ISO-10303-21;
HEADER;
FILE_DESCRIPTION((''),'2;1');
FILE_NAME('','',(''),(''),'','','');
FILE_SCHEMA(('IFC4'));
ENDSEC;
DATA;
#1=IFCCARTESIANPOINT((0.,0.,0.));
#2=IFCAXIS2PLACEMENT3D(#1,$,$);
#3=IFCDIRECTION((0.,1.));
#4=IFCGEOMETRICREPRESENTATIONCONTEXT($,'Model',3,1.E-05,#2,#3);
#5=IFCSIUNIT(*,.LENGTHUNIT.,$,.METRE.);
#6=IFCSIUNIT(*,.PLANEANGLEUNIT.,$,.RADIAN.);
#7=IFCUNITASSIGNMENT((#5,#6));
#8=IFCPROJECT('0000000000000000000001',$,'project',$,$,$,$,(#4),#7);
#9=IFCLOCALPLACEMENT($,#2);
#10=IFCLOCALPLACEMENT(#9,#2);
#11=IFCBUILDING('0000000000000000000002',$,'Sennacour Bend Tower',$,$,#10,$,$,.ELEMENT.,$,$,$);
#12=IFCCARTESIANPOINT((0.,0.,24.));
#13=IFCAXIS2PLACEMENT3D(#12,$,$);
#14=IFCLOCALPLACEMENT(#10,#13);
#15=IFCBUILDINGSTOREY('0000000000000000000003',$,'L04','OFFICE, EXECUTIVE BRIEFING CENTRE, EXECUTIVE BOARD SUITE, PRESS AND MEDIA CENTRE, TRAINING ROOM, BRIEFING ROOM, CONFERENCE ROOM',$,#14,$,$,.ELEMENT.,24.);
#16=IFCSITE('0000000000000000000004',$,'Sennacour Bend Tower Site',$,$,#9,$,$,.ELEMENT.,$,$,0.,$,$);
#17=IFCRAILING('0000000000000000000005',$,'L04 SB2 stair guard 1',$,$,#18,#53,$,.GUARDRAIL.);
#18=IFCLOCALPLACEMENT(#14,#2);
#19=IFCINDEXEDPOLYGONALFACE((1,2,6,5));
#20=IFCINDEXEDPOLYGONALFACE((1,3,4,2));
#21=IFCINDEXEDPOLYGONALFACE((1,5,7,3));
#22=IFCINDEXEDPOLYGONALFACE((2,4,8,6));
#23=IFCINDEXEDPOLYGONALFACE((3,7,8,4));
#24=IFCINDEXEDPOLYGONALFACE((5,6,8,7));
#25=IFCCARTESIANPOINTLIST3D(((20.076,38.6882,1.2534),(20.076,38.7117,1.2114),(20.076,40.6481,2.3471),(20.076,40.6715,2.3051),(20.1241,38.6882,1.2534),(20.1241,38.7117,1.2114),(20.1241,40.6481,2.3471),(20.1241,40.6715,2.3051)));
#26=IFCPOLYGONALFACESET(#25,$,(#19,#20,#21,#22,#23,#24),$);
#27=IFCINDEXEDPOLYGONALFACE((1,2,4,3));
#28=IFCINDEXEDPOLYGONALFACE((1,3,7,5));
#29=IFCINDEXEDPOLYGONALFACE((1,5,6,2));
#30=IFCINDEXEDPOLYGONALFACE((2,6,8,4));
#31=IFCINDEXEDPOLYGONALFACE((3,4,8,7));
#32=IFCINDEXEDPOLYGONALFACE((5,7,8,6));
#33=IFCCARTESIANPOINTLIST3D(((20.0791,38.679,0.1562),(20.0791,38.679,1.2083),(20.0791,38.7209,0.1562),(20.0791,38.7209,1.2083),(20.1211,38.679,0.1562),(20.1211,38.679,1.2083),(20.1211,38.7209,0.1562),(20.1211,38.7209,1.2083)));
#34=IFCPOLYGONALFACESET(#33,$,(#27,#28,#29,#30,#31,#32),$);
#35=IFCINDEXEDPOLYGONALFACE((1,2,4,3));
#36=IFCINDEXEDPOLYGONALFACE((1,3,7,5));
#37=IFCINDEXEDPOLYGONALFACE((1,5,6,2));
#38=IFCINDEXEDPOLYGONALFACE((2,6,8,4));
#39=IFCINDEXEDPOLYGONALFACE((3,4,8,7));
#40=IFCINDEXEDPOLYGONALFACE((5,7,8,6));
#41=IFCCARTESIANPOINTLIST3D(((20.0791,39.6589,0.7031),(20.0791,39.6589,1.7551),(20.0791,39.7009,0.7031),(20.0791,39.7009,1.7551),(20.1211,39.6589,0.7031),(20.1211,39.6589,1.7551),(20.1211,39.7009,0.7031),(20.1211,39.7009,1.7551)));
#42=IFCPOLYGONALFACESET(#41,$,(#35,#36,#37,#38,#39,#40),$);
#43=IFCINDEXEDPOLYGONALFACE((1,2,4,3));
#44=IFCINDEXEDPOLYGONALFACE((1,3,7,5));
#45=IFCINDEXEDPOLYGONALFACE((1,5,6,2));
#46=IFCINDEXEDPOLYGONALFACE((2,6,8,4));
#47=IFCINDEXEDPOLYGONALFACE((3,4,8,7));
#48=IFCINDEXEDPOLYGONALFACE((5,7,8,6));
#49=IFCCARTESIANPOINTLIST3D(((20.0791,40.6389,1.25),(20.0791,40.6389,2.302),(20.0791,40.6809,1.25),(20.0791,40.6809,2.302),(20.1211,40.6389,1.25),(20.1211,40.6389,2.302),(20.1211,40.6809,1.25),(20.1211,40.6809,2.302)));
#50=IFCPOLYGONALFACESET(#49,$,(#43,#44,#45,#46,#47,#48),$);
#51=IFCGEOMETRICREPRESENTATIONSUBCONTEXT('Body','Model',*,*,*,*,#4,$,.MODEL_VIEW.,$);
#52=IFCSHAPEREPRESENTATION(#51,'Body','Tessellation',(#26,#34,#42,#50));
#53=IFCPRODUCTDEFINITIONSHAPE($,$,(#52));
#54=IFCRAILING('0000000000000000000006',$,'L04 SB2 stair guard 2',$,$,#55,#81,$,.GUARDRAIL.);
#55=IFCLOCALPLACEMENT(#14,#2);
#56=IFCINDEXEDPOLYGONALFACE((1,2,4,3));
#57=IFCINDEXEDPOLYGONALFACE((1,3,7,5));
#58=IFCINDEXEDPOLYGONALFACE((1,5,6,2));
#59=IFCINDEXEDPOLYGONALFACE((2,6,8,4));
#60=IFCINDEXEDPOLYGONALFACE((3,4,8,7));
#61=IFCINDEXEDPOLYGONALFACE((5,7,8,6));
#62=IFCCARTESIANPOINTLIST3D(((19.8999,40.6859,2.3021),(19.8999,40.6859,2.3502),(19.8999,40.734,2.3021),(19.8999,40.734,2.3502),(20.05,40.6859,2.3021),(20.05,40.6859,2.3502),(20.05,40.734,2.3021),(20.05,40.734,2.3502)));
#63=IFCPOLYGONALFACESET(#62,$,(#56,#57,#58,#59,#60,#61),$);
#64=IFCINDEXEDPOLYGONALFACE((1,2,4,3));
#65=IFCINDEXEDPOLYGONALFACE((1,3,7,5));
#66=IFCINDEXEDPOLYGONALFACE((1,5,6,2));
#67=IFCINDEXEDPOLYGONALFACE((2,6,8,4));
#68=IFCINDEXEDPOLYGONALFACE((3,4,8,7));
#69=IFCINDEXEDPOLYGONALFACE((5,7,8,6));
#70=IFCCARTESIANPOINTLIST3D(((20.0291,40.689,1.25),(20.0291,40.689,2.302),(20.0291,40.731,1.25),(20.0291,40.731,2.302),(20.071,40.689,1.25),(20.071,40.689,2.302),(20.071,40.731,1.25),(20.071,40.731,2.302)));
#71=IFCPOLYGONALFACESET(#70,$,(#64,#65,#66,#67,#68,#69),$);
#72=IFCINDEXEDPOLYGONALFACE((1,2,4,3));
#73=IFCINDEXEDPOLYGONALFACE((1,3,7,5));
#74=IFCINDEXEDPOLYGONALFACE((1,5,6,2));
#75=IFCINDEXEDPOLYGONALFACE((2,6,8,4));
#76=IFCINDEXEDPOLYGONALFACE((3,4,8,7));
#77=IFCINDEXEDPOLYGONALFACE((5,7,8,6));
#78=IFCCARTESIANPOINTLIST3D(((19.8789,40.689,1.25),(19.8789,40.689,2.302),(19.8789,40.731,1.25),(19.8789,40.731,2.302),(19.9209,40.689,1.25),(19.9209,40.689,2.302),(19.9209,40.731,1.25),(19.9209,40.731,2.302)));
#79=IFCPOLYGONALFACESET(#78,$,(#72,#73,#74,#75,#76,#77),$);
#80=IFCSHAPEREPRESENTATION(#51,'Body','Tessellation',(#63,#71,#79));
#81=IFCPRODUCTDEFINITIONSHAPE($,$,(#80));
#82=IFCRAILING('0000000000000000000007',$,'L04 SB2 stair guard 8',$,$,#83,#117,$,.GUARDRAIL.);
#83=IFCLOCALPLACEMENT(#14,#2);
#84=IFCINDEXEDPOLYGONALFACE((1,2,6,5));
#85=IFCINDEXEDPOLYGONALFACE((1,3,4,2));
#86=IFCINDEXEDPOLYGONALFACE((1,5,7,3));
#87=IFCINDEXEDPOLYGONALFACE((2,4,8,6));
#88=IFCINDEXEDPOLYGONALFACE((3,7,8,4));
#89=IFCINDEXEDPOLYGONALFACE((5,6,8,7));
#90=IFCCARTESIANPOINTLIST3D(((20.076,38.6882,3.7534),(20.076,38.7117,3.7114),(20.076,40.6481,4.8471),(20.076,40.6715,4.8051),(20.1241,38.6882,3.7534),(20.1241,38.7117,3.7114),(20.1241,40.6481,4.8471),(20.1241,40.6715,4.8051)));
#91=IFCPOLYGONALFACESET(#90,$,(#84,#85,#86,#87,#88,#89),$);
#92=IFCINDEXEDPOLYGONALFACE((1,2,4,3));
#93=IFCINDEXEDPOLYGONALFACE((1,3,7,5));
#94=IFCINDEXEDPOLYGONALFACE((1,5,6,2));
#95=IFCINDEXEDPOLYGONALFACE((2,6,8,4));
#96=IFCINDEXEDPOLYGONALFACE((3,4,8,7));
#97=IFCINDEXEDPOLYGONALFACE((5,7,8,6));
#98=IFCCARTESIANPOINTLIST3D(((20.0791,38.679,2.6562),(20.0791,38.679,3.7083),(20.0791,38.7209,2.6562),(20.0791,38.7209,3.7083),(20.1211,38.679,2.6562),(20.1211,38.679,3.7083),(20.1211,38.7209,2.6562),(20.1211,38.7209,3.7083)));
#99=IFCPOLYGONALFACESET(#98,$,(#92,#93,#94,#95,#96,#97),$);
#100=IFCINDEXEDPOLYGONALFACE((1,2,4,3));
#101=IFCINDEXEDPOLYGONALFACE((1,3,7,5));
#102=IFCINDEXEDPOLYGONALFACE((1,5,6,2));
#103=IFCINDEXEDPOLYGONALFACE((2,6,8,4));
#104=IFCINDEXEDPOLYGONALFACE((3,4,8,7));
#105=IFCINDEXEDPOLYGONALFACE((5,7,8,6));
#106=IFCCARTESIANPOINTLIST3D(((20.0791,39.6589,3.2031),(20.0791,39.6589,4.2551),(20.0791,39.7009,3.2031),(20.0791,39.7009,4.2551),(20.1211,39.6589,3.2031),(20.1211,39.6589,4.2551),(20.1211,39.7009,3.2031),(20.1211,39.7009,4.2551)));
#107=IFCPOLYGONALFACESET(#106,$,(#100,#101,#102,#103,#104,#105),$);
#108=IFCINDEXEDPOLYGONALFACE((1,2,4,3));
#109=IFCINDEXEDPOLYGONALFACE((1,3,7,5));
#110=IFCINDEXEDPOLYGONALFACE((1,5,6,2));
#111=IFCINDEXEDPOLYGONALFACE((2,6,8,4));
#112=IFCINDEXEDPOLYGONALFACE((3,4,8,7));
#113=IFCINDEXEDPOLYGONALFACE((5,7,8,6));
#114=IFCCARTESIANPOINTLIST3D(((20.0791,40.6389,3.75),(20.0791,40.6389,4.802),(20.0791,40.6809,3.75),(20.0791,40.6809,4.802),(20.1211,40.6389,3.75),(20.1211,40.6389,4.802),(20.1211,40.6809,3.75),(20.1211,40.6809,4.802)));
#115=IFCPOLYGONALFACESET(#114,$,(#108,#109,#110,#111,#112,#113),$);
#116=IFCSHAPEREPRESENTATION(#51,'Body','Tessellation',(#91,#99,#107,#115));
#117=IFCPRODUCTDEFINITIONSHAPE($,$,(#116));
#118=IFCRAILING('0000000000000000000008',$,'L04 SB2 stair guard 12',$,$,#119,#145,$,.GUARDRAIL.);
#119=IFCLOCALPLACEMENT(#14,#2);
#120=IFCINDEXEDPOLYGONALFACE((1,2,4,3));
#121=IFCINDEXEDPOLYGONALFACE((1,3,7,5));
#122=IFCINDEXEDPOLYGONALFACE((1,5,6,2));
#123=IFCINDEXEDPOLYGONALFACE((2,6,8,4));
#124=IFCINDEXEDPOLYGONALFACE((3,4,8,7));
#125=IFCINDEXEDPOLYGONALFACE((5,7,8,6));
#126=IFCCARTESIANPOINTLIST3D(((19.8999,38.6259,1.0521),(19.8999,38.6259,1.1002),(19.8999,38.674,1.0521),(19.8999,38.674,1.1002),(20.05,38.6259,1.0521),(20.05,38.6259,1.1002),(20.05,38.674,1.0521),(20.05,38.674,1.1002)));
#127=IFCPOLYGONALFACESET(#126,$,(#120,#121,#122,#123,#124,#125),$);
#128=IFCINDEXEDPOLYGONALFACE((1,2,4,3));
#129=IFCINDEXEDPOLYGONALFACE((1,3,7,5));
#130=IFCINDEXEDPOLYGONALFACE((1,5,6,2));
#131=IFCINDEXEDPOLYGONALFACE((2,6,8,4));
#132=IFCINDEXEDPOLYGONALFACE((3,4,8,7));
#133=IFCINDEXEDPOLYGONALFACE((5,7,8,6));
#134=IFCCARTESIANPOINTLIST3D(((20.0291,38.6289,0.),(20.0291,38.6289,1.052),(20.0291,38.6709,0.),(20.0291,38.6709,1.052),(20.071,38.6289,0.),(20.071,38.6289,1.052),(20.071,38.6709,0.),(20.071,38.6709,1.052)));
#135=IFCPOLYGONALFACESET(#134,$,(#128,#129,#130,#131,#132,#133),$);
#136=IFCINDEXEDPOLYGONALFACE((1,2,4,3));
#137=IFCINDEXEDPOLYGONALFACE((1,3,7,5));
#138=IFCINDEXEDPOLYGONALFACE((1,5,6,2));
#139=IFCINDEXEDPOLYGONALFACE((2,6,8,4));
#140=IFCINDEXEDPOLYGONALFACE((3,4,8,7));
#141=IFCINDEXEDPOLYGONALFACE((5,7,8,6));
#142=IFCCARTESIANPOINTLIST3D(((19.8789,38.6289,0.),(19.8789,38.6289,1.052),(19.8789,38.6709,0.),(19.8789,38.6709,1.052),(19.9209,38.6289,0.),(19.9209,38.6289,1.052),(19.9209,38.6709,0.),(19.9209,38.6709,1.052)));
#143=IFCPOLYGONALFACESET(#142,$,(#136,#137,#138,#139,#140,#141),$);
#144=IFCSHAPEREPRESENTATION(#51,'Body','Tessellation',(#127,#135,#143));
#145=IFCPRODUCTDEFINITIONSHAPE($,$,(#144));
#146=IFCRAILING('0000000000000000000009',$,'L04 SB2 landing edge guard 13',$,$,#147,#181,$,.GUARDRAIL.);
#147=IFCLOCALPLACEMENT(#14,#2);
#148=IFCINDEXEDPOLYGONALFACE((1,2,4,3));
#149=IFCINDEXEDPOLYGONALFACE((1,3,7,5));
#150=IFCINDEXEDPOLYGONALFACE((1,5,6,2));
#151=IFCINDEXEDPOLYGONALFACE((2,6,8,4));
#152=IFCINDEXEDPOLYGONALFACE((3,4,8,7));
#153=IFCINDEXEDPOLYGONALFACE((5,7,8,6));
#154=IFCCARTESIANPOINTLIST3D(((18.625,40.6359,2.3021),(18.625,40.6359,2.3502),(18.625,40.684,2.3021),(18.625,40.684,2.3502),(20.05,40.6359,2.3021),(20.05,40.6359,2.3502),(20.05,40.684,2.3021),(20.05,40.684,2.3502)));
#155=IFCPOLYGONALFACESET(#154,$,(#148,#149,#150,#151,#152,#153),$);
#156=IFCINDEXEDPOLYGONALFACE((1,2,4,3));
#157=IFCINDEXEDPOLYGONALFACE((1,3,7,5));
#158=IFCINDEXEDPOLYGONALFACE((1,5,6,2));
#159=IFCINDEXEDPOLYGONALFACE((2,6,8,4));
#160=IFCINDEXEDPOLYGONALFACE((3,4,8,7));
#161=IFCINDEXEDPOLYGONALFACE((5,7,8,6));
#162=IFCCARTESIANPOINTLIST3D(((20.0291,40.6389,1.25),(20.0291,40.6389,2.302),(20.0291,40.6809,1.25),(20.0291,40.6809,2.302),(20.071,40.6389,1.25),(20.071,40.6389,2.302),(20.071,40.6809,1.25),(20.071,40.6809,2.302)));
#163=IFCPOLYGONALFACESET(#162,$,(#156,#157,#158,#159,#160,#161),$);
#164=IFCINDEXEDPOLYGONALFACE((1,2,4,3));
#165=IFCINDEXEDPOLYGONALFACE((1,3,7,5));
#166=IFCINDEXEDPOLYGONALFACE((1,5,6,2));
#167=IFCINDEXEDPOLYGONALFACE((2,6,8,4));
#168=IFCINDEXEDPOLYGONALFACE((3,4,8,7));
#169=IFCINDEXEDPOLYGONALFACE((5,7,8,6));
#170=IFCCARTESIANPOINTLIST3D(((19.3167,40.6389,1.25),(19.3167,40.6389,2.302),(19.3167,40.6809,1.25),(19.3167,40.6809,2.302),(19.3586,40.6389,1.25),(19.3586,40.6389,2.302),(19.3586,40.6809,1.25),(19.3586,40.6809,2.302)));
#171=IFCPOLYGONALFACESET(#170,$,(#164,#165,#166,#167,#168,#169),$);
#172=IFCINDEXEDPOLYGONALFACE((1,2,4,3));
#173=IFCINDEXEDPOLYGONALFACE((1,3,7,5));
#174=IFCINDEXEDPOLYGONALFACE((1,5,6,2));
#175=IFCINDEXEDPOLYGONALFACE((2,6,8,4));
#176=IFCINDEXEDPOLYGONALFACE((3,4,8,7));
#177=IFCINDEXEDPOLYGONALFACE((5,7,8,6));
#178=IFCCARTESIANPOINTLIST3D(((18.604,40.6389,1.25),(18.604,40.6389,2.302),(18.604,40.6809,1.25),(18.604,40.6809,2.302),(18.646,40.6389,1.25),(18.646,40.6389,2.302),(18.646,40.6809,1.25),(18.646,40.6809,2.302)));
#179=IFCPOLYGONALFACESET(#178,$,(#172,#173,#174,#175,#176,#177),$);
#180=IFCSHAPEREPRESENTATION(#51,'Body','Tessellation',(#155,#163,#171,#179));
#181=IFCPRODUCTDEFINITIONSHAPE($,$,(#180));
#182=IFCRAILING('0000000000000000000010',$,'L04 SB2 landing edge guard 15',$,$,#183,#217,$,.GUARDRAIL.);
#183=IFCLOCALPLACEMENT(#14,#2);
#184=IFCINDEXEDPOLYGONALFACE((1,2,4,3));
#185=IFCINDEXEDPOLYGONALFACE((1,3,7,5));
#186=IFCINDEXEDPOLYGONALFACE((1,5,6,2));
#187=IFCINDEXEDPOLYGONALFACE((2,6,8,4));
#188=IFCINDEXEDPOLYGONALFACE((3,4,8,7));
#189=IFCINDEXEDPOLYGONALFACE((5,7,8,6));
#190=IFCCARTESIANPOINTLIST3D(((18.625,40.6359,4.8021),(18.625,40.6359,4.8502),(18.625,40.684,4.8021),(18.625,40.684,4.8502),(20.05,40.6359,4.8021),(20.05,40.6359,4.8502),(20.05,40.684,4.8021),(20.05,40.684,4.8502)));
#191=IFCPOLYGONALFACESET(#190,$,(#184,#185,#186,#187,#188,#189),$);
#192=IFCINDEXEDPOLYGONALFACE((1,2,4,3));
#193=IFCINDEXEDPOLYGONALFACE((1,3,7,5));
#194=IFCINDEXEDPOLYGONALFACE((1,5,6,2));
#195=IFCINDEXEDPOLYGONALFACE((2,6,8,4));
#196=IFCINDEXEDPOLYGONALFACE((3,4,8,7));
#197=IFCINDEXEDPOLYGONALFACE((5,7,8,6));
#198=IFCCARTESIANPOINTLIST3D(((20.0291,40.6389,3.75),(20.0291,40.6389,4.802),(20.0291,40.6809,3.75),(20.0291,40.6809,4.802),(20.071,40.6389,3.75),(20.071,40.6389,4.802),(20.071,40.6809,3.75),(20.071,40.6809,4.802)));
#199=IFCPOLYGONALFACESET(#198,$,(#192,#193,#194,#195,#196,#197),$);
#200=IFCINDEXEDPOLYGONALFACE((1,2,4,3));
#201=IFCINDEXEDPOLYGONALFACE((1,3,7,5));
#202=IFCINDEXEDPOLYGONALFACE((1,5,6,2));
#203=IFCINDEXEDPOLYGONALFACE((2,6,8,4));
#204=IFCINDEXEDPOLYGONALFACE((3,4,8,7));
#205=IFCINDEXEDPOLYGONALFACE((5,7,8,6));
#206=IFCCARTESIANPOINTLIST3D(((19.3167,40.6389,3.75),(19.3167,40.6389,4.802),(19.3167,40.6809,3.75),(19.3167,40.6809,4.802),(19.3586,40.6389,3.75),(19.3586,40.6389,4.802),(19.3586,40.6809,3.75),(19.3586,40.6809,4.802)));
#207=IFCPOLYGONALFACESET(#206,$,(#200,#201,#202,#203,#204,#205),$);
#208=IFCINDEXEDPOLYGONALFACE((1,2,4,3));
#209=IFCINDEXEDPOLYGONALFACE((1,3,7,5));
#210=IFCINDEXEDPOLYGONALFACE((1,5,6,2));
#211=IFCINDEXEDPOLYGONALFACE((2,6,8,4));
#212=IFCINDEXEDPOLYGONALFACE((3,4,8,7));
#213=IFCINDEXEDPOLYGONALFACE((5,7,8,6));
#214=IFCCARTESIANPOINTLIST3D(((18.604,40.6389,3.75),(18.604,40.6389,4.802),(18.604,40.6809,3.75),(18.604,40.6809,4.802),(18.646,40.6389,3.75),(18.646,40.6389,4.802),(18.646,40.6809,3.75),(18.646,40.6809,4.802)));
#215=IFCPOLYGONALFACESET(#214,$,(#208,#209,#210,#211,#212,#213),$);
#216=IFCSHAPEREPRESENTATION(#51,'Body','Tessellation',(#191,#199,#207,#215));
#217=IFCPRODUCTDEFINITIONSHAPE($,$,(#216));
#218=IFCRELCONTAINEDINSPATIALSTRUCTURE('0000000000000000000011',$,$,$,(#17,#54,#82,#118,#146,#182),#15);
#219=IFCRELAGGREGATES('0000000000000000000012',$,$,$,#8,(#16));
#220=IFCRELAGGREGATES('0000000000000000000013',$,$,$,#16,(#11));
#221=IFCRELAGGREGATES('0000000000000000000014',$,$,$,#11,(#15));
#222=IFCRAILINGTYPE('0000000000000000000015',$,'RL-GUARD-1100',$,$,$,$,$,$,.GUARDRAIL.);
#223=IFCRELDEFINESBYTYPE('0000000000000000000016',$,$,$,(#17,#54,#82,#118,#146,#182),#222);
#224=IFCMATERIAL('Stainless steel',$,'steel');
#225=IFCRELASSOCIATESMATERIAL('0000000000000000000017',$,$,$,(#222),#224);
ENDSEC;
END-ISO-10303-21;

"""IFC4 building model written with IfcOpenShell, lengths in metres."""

from ifc_helpers import new_model, si_unit, direction, frame, origin, origin_2d, place, context, subcontext, project, spatial, rectangle, extrude, material, type_object, element, save


model = new_model("IFC4")

# Units and contexts
model_context = context("Model", 3, precision=1e-05, world=origin(), true_north=direction((0.0, 1.0)))
body_context = subcontext(model_context, "Body", "Model", "MODEL_VIEW")
ifc_project = project(units=[si_unit("LENGTHUNIT", "METRE"), si_unit("PLANEANGLEUNIT", "RADIAN")], contexts=[model_context])

# Site, building, storey
site_placement = place(None, origin())
site = spatial("IfcSite", under=ifc_project, at=site_placement, Name="Sennacour Bend Tower Site", CompositionType="ELEMENT", RefElevation=0.0)
building_placement = place(site_placement, origin())
building = spatial("IfcBuilding", under=site, at=building_placement, Name="Sennacour Bend Tower", CompositionType="ELEMENT")
storey_placement = place(building_placement, frame((0.0, 0.0, 24.0)))
storey = spatial("IfcBuildingStorey", under=building, at=storey_placement, Name="L04", Description="OFFICE, EXECUTIVE BRIEFING CENTRE, EXECUTIVE BOARD SUITE, PRESS AND MEDIA CENTRE, TRAINING ROOM, BRIEFING ROOM, CONFERENCE ROOM", CompositionType="ELEMENT", Elevation=24.0)

# Railings
ifc_material_1 = material(Name="Stainless steel", Category="steel")
railing_type_1 = type_object("IfcRailingType", Name="RL-GUARD-1100", PredefinedType="GUARDRAIL", material=ifc_material_1)
railing_1_placement = place(storey_placement, frame((20.1001, 38.7, 0.1562)))
element("IfcRailing", 1, at=railing_1_placement, inside=storey, type_object=railing_type_1, Name="L04 SB2 stair guard 1", PredefinedType="GUARDRAIL", context=body_context, shape_type="SweptSolid", body=[
    extrude(rectangle(XDim=0.0481, YDim=0.0481, at=origin_2d()), frame((0.0, 0.0, 1.0762), z_axis=(0.0, 0.873232, 0.487304), x_axis=(-1.0, 0.0, 0.0)), (0.0, 0.0, 1.0), 2.2444),
    extrude(rectangle(XDim=0.042, YDim=0.042, at=origin_2d()), origin(), (0.0, 0.0, 1.0), 1.052),
    extrude(rectangle(XDim=0.042, YDim=0.042, at=origin_2d()), frame((0.0, 0.98, 0.5469)), (0.0, 0.0, 1.0), 1.052),
    extrude(rectangle(XDim=0.042, YDim=0.042, at=origin_2d()), frame((0.0, 1.96, 1.0938)), (0.0, 0.0, 1.0), 1.052),
])
railing_2_placement = place(storey_placement, frame((20.05, 40.71, 1.25)))
element("IfcRailing", 2, at=railing_2_placement, inside=storey, type_object=railing_type_1, Name="L04 SB2 stair guard 2", PredefinedType="GUARDRAIL", context=body_context, shape_type="SweptSolid", body=[
    extrude(rectangle(XDim=0.0481, YDim=0.0481, at=origin_2d()), frame((0.0, 0.0, 1.0762), z_axis=(-1.0, 0.0, 0.0), x_axis=(0.0, -1.0, 0.0)), (0.0, 0.0, 1.0), 0.1501),
    extrude(rectangle(XDim=0.042, YDim=0.042, at=origin_2d()), origin(), (0.0, 0.0, 1.0), 1.052),
    extrude(rectangle(XDim=0.042, YDim=0.042, at=origin_2d()), frame((-0.1501, 0.0, 0.0)), (0.0, 0.0, 1.0), 1.052),
])
railing_3_placement = place(storey_placement, frame((20.1001, 38.7, 2.6562)))
element("IfcRailing", 3, at=railing_3_placement, inside=storey, type_object=railing_type_1, Name="L04 SB2 stair guard 8", PredefinedType="GUARDRAIL", context=body_context, shape_type="SweptSolid", body=[
    extrude(rectangle(XDim=0.0481, YDim=0.0481, at=origin_2d()), frame((0.0, 0.0, 1.0762), z_axis=(0.0, 0.873232, 0.487304), x_axis=(-1.0, 0.0, 0.0)), (0.0, 0.0, 1.0), 2.2444),
    extrude(rectangle(XDim=0.042, YDim=0.042, at=origin_2d()), origin(), (0.0, 0.0, 1.0), 1.052),
    extrude(rectangle(XDim=0.042, YDim=0.042, at=origin_2d()), frame((0.0, 0.98, 0.5469)), (0.0, 0.0, 1.0), 1.052),
    extrude(rectangle(XDim=0.042, YDim=0.042, at=origin_2d()), frame((0.0, 1.96, 1.0938)), (0.0, 0.0, 1.0), 1.052),
])
railing_4_placement = place(storey_placement, frame((20.05, 38.6499, 0.0)))
element("IfcRailing", 4, at=railing_4_placement, inside=storey, type_object=railing_type_1, Name="L04 SB2 stair guard 12", PredefinedType="GUARDRAIL", context=body_context, shape_type="SweptSolid", body=[
    extrude(rectangle(XDim=0.0481, YDim=0.0481, at=origin_2d()), frame((0.0, 0.0, 1.0762), z_axis=(-1.0, 0.0, 0.0), x_axis=(0.0, -1.0, 0.0)), (0.0, 0.0, 1.0), 0.1501),
    extrude(rectangle(XDim=0.042, YDim=0.042, at=origin_2d()), origin(), (0.0, 0.0, 1.0), 1.052),
    extrude(rectangle(XDim=0.042, YDim=0.042, at=origin_2d()), frame((-0.1501, 0.0, 0.0)), (0.0, 0.0, 1.0), 1.052),
])
for number, where, name in (
    (5, (20.05, 40.6599, 1.25), "L04 SB2 landing edge guard 13"),
    (6, (20.05, 40.6599, 3.75), "L04 SB2 landing edge guard 15"),
):
    element("IfcRailing", number, at=place(storey_placement, frame(where)), inside=storey, type_object=railing_type_1, Name=name, PredefinedType="GUARDRAIL", context=body_context, shape_type="SweptSolid", body=[
        extrude(rectangle(XDim=0.0481, YDim=0.0481, at=origin_2d()), frame((0.0, 0.0, 1.0762), z_axis=(-1.0, 0.0, 0.0), x_axis=(0.0, -1.0, 0.0)), (0.0, 0.0, 1.0), 1.425),
        extrude(rectangle(XDim=0.042, YDim=0.042, at=origin_2d()), origin(), (0.0, 0.0, 1.0), 1.052),
        extrude(rectangle(XDim=0.042, YDim=0.042, at=origin_2d()), frame((-0.7124, 0.0, 0.0)), (0.0, 0.0, 1.0), 1.052),
        extrude(rectangle(XDim=0.042, YDim=0.042, at=origin_2d()), frame((-1.425, 0.0, 0.0)), (0.0, 0.0, 1.0), 1.052),
    ])

save(model, "model.ifc")
